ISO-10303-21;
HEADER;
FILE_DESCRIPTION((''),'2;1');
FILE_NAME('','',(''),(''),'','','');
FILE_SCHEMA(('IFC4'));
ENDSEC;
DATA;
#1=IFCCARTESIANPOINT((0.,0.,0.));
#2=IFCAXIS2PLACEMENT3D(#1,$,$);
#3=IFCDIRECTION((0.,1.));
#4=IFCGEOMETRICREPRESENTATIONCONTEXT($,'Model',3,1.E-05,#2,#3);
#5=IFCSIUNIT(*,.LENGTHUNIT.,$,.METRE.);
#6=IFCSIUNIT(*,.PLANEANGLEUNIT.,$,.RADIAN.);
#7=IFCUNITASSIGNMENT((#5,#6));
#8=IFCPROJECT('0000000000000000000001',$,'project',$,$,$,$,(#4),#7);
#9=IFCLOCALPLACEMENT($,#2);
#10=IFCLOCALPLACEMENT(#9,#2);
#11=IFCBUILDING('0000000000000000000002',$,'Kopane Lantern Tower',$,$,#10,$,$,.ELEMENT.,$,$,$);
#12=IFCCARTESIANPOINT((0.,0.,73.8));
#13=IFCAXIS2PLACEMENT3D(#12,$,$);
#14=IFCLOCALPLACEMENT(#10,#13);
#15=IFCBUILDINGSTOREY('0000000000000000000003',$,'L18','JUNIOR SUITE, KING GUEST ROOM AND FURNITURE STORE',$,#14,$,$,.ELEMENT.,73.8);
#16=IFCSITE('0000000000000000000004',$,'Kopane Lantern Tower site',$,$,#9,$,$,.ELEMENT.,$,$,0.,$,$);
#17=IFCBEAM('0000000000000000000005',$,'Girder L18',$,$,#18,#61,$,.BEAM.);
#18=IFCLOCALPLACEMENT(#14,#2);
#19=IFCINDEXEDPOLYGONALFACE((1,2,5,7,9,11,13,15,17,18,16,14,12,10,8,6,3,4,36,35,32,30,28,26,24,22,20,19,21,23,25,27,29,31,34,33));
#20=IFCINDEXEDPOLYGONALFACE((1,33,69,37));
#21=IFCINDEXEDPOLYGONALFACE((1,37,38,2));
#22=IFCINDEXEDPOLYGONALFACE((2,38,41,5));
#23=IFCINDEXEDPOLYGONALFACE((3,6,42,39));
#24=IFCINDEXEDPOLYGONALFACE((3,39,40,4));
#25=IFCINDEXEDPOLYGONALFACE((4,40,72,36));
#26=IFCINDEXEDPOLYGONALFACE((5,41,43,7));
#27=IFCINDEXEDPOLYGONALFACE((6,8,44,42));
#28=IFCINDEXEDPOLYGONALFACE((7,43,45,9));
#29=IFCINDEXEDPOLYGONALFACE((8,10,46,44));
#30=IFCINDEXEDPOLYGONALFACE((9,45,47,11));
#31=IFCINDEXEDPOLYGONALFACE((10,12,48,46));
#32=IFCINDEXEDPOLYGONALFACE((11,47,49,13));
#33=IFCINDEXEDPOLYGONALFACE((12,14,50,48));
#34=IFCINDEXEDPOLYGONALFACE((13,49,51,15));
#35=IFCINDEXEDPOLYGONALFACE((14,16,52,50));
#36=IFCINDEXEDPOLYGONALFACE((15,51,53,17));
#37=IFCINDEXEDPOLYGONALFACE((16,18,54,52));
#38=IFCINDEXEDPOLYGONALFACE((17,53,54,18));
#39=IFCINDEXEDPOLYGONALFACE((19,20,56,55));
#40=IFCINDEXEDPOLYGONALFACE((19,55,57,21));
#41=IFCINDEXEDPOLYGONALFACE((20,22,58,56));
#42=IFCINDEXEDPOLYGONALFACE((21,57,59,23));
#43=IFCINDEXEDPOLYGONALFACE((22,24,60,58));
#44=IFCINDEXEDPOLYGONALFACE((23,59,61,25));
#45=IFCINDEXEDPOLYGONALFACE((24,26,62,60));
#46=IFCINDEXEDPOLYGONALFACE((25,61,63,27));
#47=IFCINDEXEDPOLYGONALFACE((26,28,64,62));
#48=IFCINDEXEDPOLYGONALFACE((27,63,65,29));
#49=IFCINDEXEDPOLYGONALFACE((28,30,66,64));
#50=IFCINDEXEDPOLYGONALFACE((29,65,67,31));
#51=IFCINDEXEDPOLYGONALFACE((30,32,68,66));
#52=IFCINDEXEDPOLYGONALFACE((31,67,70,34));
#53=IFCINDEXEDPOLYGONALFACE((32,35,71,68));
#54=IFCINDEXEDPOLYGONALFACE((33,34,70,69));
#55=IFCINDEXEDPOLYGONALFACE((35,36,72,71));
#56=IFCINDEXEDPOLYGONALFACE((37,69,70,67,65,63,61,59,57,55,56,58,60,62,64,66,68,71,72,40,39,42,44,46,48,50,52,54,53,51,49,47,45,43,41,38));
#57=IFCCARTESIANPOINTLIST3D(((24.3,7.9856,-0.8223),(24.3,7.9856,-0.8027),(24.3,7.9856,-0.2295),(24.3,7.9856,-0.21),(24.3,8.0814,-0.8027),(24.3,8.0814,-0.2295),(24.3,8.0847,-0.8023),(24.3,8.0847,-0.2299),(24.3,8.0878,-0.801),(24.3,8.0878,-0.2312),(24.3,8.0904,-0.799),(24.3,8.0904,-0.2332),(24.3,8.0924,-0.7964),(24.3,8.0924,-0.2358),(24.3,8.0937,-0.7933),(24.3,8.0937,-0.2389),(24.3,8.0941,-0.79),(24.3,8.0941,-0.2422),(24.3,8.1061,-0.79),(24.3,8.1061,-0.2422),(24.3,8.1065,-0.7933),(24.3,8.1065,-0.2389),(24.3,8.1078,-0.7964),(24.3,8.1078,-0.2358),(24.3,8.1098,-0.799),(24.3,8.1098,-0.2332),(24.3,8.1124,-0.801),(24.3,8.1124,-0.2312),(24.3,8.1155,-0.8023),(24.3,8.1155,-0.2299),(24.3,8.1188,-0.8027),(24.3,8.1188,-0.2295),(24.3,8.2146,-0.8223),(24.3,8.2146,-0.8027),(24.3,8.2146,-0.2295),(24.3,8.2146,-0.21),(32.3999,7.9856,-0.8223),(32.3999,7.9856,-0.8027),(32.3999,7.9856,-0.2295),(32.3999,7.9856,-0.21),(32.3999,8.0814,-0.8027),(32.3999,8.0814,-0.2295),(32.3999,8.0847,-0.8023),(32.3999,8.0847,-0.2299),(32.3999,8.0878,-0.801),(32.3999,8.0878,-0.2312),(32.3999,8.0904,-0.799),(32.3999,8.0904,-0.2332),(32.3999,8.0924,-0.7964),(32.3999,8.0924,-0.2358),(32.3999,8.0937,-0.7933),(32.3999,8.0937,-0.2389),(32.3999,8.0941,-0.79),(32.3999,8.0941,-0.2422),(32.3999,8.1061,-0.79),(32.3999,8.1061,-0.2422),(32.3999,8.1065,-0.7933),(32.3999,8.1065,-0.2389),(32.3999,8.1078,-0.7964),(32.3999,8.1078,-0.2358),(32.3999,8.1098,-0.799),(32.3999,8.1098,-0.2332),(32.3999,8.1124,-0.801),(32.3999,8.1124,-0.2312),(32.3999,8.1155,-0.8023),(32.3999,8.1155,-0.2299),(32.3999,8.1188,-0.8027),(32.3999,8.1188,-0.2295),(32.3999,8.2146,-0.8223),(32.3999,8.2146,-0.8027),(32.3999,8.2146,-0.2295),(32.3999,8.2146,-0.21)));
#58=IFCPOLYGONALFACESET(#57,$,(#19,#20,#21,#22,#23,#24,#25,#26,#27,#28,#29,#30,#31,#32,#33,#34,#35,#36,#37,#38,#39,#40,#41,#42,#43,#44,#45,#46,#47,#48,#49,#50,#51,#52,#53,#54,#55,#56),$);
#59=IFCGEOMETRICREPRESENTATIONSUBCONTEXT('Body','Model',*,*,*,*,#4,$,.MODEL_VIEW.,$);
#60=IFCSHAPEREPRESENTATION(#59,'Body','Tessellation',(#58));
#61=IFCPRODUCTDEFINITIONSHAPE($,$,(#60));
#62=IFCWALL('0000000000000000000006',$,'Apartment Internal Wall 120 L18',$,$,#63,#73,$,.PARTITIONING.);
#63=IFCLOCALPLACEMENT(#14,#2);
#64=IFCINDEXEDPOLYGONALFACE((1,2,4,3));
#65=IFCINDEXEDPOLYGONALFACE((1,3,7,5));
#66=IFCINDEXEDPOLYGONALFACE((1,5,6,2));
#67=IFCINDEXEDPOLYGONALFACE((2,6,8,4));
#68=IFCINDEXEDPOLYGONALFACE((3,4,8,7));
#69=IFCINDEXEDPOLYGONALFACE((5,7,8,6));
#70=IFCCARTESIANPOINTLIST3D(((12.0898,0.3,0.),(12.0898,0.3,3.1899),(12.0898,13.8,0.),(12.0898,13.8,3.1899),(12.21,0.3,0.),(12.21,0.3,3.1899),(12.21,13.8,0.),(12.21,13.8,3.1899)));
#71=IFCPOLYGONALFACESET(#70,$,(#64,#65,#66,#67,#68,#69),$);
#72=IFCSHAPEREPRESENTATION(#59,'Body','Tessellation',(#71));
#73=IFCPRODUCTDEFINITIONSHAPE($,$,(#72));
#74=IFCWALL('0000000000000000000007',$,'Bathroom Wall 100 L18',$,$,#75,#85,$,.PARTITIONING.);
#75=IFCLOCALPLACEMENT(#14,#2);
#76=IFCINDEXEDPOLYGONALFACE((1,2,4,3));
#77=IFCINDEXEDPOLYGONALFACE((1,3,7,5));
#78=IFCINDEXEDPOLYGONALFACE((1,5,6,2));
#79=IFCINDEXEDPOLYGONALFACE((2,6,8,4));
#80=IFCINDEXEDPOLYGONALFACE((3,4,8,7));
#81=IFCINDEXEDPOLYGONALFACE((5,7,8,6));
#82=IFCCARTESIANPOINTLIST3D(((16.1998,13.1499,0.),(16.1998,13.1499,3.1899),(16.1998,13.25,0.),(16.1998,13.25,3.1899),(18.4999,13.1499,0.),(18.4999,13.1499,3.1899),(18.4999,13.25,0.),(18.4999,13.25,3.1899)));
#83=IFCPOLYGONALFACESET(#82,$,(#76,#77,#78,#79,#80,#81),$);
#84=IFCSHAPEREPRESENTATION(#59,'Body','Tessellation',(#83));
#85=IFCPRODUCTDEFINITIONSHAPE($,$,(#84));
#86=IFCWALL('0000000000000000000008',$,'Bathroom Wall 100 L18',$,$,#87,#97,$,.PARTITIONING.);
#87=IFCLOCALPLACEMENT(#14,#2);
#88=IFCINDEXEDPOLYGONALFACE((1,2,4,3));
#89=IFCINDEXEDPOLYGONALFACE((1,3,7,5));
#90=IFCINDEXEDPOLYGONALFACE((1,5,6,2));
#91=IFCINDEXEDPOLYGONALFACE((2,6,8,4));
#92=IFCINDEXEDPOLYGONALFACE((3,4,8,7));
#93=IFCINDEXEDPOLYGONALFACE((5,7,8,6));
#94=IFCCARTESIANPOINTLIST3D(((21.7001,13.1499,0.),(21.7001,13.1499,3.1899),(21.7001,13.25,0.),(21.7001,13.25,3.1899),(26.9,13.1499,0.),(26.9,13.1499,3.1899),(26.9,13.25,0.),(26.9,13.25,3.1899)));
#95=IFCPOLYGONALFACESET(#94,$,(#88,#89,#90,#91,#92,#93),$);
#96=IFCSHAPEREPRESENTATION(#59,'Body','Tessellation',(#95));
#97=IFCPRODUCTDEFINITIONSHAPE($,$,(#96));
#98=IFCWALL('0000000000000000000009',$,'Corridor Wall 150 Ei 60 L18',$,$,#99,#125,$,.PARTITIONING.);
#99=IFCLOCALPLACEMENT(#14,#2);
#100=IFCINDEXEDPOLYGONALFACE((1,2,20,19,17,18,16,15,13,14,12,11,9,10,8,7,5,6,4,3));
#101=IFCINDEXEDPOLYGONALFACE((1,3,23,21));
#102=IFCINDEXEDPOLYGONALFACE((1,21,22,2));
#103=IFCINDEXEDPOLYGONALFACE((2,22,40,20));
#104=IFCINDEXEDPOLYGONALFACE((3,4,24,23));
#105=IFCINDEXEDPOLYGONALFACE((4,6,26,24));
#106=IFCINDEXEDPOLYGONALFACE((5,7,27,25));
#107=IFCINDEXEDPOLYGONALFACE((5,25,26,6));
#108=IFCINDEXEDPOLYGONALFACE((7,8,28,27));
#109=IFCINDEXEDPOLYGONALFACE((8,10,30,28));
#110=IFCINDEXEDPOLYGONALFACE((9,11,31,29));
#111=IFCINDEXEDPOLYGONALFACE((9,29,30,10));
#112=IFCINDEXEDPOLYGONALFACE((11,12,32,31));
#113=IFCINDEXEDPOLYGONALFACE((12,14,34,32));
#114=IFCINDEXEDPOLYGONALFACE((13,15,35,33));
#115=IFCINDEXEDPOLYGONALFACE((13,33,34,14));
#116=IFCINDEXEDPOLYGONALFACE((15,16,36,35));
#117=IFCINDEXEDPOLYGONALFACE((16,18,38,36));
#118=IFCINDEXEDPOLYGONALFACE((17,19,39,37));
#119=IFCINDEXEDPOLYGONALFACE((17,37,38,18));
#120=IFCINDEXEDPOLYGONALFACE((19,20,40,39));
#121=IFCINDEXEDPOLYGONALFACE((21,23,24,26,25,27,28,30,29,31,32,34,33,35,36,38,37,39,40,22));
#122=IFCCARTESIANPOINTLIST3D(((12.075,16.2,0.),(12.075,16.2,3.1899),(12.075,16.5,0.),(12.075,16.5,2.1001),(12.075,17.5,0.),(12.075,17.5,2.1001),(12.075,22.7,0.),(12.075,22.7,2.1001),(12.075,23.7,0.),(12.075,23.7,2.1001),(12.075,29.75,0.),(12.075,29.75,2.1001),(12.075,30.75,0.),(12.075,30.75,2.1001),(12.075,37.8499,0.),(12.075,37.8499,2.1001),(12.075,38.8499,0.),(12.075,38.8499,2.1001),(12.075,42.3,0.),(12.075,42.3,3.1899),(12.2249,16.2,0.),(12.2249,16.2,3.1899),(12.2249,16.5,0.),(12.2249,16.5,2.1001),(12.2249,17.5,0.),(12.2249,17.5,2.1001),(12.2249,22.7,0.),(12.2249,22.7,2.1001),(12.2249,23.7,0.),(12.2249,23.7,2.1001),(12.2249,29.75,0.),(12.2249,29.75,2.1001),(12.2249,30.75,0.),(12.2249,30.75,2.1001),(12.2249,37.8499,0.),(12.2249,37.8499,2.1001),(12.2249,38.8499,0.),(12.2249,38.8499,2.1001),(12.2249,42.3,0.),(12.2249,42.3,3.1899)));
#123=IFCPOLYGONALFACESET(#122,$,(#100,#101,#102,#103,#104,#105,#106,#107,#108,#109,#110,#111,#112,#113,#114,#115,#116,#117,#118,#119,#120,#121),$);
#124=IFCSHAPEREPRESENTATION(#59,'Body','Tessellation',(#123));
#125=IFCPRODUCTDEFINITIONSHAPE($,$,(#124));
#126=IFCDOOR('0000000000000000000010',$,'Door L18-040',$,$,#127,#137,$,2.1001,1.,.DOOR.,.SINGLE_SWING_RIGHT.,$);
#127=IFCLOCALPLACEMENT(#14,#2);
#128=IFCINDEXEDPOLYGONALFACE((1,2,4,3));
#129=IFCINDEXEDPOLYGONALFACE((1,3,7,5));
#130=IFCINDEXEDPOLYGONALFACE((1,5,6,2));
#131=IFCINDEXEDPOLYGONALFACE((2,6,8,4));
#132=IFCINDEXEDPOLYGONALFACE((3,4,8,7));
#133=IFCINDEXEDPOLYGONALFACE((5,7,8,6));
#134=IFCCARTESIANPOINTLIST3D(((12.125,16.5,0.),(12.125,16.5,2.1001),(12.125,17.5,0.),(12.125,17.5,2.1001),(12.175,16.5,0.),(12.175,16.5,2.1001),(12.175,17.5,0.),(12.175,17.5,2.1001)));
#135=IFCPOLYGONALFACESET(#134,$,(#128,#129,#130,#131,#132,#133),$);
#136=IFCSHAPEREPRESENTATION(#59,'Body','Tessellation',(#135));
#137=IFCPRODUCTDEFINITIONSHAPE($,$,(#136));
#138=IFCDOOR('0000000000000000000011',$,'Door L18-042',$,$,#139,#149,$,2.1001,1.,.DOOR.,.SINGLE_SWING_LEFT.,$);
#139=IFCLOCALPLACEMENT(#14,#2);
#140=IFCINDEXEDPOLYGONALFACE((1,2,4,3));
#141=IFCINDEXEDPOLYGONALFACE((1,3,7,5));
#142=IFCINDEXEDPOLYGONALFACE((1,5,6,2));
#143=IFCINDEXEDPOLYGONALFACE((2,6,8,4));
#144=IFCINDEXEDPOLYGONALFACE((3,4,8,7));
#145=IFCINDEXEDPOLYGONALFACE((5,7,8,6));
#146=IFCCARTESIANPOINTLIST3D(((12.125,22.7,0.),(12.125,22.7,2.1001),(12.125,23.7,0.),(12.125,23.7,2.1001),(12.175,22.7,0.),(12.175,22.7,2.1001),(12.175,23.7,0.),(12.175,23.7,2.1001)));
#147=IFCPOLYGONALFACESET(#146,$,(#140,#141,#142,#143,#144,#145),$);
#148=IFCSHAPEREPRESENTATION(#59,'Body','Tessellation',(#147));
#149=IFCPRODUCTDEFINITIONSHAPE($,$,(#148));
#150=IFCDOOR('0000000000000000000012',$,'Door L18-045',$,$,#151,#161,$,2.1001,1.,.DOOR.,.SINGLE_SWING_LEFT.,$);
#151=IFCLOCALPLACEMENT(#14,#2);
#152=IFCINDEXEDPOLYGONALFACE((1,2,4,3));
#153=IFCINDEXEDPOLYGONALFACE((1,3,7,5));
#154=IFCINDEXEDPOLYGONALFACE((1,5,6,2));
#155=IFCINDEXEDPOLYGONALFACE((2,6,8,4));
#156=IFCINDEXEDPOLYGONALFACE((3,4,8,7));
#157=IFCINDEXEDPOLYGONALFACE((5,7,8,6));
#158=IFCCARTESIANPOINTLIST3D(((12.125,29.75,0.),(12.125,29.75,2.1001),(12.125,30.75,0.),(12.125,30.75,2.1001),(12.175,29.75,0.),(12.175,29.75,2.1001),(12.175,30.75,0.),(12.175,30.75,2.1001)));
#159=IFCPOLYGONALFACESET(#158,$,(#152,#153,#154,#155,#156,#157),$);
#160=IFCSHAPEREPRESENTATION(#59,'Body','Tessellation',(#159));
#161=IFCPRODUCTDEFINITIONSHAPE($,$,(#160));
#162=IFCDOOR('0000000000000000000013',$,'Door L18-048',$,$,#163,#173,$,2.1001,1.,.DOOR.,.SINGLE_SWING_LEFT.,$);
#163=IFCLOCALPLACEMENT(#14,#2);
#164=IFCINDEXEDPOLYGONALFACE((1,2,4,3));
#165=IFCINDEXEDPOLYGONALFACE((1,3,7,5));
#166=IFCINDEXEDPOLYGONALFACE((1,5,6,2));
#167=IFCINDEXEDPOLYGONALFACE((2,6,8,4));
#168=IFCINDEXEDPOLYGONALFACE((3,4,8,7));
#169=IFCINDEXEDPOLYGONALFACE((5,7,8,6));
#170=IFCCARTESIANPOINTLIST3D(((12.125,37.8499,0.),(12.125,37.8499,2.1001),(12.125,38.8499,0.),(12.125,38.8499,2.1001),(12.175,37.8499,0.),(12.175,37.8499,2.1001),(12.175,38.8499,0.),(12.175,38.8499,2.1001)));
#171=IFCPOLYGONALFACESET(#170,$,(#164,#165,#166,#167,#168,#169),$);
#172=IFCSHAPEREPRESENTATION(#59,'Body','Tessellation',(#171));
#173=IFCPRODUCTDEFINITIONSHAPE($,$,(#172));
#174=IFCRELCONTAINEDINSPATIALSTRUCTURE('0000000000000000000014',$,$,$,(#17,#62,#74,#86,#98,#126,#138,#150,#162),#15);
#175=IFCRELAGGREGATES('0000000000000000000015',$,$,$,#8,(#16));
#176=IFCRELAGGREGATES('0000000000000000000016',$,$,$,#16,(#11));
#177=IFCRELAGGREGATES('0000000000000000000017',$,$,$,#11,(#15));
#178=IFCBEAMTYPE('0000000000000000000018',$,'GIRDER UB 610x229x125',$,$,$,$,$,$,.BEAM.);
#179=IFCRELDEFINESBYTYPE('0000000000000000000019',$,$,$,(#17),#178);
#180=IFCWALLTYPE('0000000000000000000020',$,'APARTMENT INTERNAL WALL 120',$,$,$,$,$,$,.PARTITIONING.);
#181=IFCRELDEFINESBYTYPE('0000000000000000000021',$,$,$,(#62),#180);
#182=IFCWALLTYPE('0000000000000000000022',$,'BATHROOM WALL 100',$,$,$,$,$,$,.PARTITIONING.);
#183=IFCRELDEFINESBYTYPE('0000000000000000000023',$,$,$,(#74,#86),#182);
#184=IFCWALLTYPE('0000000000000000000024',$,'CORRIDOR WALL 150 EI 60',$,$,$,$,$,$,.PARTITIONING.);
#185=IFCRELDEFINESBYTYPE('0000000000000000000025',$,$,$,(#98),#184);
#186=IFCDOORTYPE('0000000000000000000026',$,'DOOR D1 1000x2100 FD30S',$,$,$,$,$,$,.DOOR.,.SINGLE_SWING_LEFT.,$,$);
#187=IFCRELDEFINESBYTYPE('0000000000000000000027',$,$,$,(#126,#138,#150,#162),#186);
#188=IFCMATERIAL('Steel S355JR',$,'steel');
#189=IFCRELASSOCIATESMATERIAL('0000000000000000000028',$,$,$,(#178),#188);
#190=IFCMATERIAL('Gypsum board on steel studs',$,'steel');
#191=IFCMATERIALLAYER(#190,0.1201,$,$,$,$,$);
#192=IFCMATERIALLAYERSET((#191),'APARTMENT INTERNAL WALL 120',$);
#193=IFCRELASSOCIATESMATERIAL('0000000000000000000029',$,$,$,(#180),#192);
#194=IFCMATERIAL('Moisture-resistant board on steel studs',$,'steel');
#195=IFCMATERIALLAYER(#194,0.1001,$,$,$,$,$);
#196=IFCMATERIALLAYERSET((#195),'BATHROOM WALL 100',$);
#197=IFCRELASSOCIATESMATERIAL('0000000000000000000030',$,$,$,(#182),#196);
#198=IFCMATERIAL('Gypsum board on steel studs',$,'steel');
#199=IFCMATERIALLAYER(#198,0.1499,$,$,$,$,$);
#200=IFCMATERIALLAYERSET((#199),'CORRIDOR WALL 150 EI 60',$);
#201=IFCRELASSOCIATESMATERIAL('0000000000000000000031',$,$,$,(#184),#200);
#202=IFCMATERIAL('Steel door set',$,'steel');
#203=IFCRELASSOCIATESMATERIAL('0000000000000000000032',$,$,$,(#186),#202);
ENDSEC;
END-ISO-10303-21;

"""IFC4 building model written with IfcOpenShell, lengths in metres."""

from ifc_helpers import new_model, si_unit, direction, frame, frame_2d, origin, origin_2d, place, context, subcontext, project, spatial, rectangle, i_section, extrude, material, layer, layer_set, material_profile, profile_set, type_object, element, fill, save


model = new_model("IFC4")

# Units and contexts
model_context = context("Model", 3, precision=1e-05, world=origin(), true_north=direction((0.0, 1.0)))
body_context = subcontext(model_context, "Body", "Model", "MODEL_VIEW")
ifc_project = project(units=[si_unit("LENGTHUNIT", "METRE"), si_unit("PLANEANGLEUNIT", "RADIAN")], contexts=[model_context])

# Site, building, storey
site_placement = place(None, origin())
site = spatial("IfcSite", under=ifc_project, at=site_placement, Name="Kopane Lantern Tower site", CompositionType="ELEMENT", RefElevation=0.0)
building_placement = place(site_placement, origin())
building = spatial("IfcBuilding", under=site, at=building_placement, Name="Kopane Lantern Tower", CompositionType="ELEMENT")
storey_placement = place(building_placement, frame((0.0, 0.0, 73.8)))
storey = spatial("IfcBuildingStorey", under=building, at=storey_placement, Name="L18", Description="JUNIOR SUITE, KING GUEST ROOM AND FURNITURE STORE", CompositionType="ELEMENT", Elevation=73.8)

# Beam
ifc_material_1 = material(Name="Steel S355JR", Category="steel")
ifc_material_profile_1 = material_profile(ifc_material_1, i_section(OverallWidth=0.229, OverallDepth=0.6123, WebThickness=0.012, FlangeThickness=0.0195, FilletRadius=0.0127, at=origin_2d()), Name="UB 610x229x125")
ifc_profile_set_1 = profile_set([ifc_material_profile_1], Name="Steel S355JR")
beam_type = type_object("IfcBeamType", Name="GIRDER UB 610x229x125", PredefinedType="BEAM", material=ifc_profile_set_1)
for number, where, z_axis, x_axis, name in (
    (1, (24.3, 8.1001, -0.5161), (1.0, 0.0, 0.0), (0.0, 1.0, 0.0), "Girder L18"),
):
    element("IfcBeam", number, at=place(storey_placement, frame(where, z_axis=z_axis, x_axis=x_axis)), inside=storey, type_object=beam_type, Name=name, PredefinedType="BEAM", context=body_context, shape_type="SweptSolid", body=[
        extrude(i_section(OverallWidth=0.229, OverallDepth=0.6123, WebThickness=0.012, FlangeThickness=0.0195, FilletRadius=0.0127, at=origin_2d()), origin(), (0.0, 0.0, 1.0), 8.0999),
    ])

# Walls
ifc_material_2 = material(Name="Gypsum board on steel studs", Category="steel")
ifc_layer_1 = layer(ifc_material_2, 0.1201)
ifc_layer_set_1 = layer_set([ifc_layer_1], Name="APARTMENT INTERNAL WALL 120")
wall_type_1 = type_object("IfcWallType", Name="APARTMENT INTERNAL WALL 120", PredefinedType="PARTITIONING", material=ifc_layer_set_1)
wall_1_placement = place(storey_placement, frame((12.1499, 13.8, 0.0), z_axis=(0.0, 0.0, 1.0), x_axis=(0.0, -1.0, 0.0)))
element("IfcWall", 2, at=wall_1_placement, inside=storey, type_object=wall_type_1, Name="Apartment Internal Wall 120 L18", PredefinedType="PARTITIONING", context=body_context, shape_type="SweptSolid", body=[
    extrude(rectangle(XDim=13.5, YDim=0.1201, at=frame_2d((6.75, 0.0))), origin(), (0.0, 0.0, 1.0), 3.1899),
])
ifc_material_3 = material(Name="Moisture-resistant board on steel studs", Category="steel")
ifc_layer_2 = layer(ifc_material_3, 0.1001)
ifc_layer_set_2 = layer_set([ifc_layer_2], Name="BATHROOM WALL 100")
wall_type_2 = type_object("IfcWallType", Name="BATHROOM WALL 100", PredefinedType="PARTITIONING", material=ifc_layer_set_2)
wall_2_placement = place(storey_placement, frame((16.2, 13.2, 0.0), z_axis=(0.0, 0.0, 1.0), x_axis=(1.0, 0.0, 0.0)))
element("IfcWall", 3, at=wall_2_placement, inside=storey, type_object=wall_type_2, Name="Bathroom Wall 100 L18", PredefinedType="PARTITIONING", context=body_context, shape_type="SweptSolid", body=[
    extrude(rectangle(XDim=2.3, YDim=0.1001, at=frame_2d((1.1499, 0.0))), origin(), (0.0, 0.0, 1.0), 3.1899),
])
wall_3_placement = place(storey_placement, frame((21.7, 13.2, 0.0), z_axis=(0.0, 0.0, 1.0), x_axis=(1.0, 0.0, 0.0)))
element("IfcWall", 4, at=wall_3_placement, inside=storey, type_object=wall_type_2, Name="Bathroom Wall 100 L18", PredefinedType="PARTITIONING", context=body_context, shape_type="SweptSolid", body=[
    extrude(rectangle(XDim=5.2, YDim=0.1001, at=frame_2d((2.6001, 0.0))), origin(), (0.0, 0.0, 1.0), 3.1899),
])

# Wall, openings, doors
ifc_material_4 = material(Name="Gypsum board on steel studs", Category="steel")
ifc_layer_3 = layer(ifc_material_4, 0.1499)
ifc_layer_set_3 = layer_set([ifc_layer_3], Name="CORRIDOR WALL 150 EI 60")
wall_type_3 = type_object("IfcWallType", Name="CORRIDOR WALL 150 EI 60", PredefinedType="PARTITIONING", material=ifc_layer_set_3)
ifc_material_5 = material(Name="Steel door set", Category="steel")
door_type = type_object("IfcDoorType", Name="DOOR D1 1000x2100 FD30S", OperationType="SINGLE_SWING_LEFT", PredefinedType="DOOR", material=ifc_material_5)
wall_4_placement = place(storey_placement, frame((12.1499, 16.2, 0.0), z_axis=(0.0, 0.0, 1.0), x_axis=(0.0, 1.0, 0.0)))
wall_4 = element("IfcWall", 5, at=wall_4_placement, inside=storey, type_object=wall_type_3, Name="Corridor Wall 150 Ei 60 L18", PredefinedType="PARTITIONING", context=body_context, shape_type="SweptSolid", body=[
    extrude(rectangle(XDim=26.1001, YDim=0.1499, at=frame_2d((13.05, 0.0))), origin(), (0.0, 0.0, 1.0), 3.1899),
])
opening_1_placement = place(wall_4_placement, frame((0.3, 0.0, 0.0)))
opening_1 = element("IfcOpeningElement", 6, at=opening_1_placement, cuts=wall_4, PredefinedType="OPENING", context=body_context, shape_type="SweptSolid", body=[
    extrude(rectangle(XDim=1.0, YDim=2.1001, at=frame_2d((0.5, 1.05))), frame((0.0, 0.085, 0.0), z_axis=(0.0, -1.0, 0.0), x_axis=(1.0, 0.0, 0.0)), (0.0, 0.0, 1.0), 0.1699),
])
opening_2_placement = place(wall_4_placement, frame((6.5, 0.0, 0.0)))
opening_2 = element("IfcOpeningElement", 7, at=opening_2_placement, cuts=wall_4, PredefinedType="OPENING", context=body_context, shape_type="SweptSolid", body=[
    extrude(rectangle(XDim=1.0, YDim=2.1001, at=frame_2d((0.5, 1.05))), frame((0.0, 0.085, 0.0), z_axis=(0.0, -1.0, 0.0), x_axis=(1.0, 0.0, 0.0)), (0.0, 0.0, 1.0), 0.1699),
])
opening_3_placement = place(wall_4_placement, frame((13.55, 0.0, 0.0)))
opening_3 = element("IfcOpeningElement", 8, at=opening_3_placement, cuts=wall_4, PredefinedType="OPENING", context=body_context, shape_type="SweptSolid", body=[
    extrude(rectangle(XDim=1.0, YDim=2.1001, at=frame_2d((0.5, 1.05))), frame((0.0, 0.085, 0.0), z_axis=(0.0, -1.0, 0.0), x_axis=(1.0, 0.0, 0.0)), (0.0, 0.0, 1.0), 0.1699),
])
opening_4_placement = place(wall_4_placement, frame((21.6499, 0.0, 0.0)))
opening_4 = element("IfcOpeningElement", 9, at=opening_4_placement, cuts=wall_4, PredefinedType="OPENING", context=body_context, shape_type="SweptSolid", body=[
    extrude(rectangle(XDim=1.0, YDim=2.1001, at=frame_2d((0.5, 1.05))), frame((0.0, 0.085, 0.0), z_axis=(0.0, -1.0, 0.0), x_axis=(1.0, 0.0, 0.0)), (0.0, 0.0, 1.0), 0.1699),
])
door_1_placement = place(opening_1_placement, origin())
door_1 = element("IfcDoor", 10, at=door_1_placement, inside=storey, type_object=door_type, Name="Door L18-040", OperationType="SINGLE_SWING_RIGHT", OverallHeight=2.1001, OverallWidth=1.0, PredefinedType="DOOR", context=body_context, shape_type="SweptSolid", body=[
    extrude(rectangle(XDim=1.0, YDim=2.1001, at=frame_2d((0.5, 1.05))), frame((0.0, 0.0249, 0.0), z_axis=(0.0, -1.0, 0.0), x_axis=(1.0, 0.0, 0.0)), (0.0, 0.0, 1.0), 0.05),
])
fill(opening_1, door_1)
door_2_placement = place(opening_2_placement, origin())
door_2 = element("IfcDoor", 11, at=door_2_placement, inside=storey, type_object=door_type, Name="Door L18-042", OperationType="SINGLE_SWING_LEFT", OverallHeight=2.1001, OverallWidth=1.0, PredefinedType="DOOR", context=body_context, shape_type="SweptSolid", body=[
    extrude(rectangle(XDim=1.0, YDim=2.1001, at=frame_2d((0.5, 1.05))), frame((0.0, 0.0249, 0.0), z_axis=(0.0, -1.0, 0.0), x_axis=(1.0, 0.0, 0.0)), (0.0, 0.0, 1.0), 0.05),
])
fill(opening_2, door_2)
door_3_placement = place(opening_3_placement, origin())
door_3 = element("IfcDoor", 12, at=door_3_placement, inside=storey, type_object=door_type, Name="Door L18-045", OperationType="SINGLE_SWING_LEFT", OverallHeight=2.1001, OverallWidth=1.0, PredefinedType="DOOR", context=body_context, shape_type="SweptSolid", body=[
    extrude(rectangle(XDim=1.0, YDim=2.1001, at=frame_2d((0.5, 1.05))), frame((0.0, 0.0249, 0.0), z_axis=(0.0, -1.0, 0.0), x_axis=(1.0, 0.0, 0.0)), (0.0, 0.0, 1.0), 0.05),
])
fill(opening_3, door_3)
door_4_placement = place(opening_4_placement, origin())
door_4 = element("IfcDoor", 13, at=door_4_placement, inside=storey, type_object=door_type, Name="Door L18-048", OperationType="SINGLE_SWING_LEFT", OverallHeight=2.1001, OverallWidth=1.0, PredefinedType="DOOR", context=body_context, shape_type="SweptSolid", body=[
    extrude(rectangle(XDim=1.0, YDim=2.1001, at=frame_2d((0.5, 1.05))), frame((0.0, 0.0249, 0.0), z_axis=(0.0, -1.0, 0.0), x_axis=(1.0, 0.0, 0.0)), (0.0, 0.0, 1.0), 0.05),
])
fill(opening_4, door_4)

save(model, "model.ifc")
